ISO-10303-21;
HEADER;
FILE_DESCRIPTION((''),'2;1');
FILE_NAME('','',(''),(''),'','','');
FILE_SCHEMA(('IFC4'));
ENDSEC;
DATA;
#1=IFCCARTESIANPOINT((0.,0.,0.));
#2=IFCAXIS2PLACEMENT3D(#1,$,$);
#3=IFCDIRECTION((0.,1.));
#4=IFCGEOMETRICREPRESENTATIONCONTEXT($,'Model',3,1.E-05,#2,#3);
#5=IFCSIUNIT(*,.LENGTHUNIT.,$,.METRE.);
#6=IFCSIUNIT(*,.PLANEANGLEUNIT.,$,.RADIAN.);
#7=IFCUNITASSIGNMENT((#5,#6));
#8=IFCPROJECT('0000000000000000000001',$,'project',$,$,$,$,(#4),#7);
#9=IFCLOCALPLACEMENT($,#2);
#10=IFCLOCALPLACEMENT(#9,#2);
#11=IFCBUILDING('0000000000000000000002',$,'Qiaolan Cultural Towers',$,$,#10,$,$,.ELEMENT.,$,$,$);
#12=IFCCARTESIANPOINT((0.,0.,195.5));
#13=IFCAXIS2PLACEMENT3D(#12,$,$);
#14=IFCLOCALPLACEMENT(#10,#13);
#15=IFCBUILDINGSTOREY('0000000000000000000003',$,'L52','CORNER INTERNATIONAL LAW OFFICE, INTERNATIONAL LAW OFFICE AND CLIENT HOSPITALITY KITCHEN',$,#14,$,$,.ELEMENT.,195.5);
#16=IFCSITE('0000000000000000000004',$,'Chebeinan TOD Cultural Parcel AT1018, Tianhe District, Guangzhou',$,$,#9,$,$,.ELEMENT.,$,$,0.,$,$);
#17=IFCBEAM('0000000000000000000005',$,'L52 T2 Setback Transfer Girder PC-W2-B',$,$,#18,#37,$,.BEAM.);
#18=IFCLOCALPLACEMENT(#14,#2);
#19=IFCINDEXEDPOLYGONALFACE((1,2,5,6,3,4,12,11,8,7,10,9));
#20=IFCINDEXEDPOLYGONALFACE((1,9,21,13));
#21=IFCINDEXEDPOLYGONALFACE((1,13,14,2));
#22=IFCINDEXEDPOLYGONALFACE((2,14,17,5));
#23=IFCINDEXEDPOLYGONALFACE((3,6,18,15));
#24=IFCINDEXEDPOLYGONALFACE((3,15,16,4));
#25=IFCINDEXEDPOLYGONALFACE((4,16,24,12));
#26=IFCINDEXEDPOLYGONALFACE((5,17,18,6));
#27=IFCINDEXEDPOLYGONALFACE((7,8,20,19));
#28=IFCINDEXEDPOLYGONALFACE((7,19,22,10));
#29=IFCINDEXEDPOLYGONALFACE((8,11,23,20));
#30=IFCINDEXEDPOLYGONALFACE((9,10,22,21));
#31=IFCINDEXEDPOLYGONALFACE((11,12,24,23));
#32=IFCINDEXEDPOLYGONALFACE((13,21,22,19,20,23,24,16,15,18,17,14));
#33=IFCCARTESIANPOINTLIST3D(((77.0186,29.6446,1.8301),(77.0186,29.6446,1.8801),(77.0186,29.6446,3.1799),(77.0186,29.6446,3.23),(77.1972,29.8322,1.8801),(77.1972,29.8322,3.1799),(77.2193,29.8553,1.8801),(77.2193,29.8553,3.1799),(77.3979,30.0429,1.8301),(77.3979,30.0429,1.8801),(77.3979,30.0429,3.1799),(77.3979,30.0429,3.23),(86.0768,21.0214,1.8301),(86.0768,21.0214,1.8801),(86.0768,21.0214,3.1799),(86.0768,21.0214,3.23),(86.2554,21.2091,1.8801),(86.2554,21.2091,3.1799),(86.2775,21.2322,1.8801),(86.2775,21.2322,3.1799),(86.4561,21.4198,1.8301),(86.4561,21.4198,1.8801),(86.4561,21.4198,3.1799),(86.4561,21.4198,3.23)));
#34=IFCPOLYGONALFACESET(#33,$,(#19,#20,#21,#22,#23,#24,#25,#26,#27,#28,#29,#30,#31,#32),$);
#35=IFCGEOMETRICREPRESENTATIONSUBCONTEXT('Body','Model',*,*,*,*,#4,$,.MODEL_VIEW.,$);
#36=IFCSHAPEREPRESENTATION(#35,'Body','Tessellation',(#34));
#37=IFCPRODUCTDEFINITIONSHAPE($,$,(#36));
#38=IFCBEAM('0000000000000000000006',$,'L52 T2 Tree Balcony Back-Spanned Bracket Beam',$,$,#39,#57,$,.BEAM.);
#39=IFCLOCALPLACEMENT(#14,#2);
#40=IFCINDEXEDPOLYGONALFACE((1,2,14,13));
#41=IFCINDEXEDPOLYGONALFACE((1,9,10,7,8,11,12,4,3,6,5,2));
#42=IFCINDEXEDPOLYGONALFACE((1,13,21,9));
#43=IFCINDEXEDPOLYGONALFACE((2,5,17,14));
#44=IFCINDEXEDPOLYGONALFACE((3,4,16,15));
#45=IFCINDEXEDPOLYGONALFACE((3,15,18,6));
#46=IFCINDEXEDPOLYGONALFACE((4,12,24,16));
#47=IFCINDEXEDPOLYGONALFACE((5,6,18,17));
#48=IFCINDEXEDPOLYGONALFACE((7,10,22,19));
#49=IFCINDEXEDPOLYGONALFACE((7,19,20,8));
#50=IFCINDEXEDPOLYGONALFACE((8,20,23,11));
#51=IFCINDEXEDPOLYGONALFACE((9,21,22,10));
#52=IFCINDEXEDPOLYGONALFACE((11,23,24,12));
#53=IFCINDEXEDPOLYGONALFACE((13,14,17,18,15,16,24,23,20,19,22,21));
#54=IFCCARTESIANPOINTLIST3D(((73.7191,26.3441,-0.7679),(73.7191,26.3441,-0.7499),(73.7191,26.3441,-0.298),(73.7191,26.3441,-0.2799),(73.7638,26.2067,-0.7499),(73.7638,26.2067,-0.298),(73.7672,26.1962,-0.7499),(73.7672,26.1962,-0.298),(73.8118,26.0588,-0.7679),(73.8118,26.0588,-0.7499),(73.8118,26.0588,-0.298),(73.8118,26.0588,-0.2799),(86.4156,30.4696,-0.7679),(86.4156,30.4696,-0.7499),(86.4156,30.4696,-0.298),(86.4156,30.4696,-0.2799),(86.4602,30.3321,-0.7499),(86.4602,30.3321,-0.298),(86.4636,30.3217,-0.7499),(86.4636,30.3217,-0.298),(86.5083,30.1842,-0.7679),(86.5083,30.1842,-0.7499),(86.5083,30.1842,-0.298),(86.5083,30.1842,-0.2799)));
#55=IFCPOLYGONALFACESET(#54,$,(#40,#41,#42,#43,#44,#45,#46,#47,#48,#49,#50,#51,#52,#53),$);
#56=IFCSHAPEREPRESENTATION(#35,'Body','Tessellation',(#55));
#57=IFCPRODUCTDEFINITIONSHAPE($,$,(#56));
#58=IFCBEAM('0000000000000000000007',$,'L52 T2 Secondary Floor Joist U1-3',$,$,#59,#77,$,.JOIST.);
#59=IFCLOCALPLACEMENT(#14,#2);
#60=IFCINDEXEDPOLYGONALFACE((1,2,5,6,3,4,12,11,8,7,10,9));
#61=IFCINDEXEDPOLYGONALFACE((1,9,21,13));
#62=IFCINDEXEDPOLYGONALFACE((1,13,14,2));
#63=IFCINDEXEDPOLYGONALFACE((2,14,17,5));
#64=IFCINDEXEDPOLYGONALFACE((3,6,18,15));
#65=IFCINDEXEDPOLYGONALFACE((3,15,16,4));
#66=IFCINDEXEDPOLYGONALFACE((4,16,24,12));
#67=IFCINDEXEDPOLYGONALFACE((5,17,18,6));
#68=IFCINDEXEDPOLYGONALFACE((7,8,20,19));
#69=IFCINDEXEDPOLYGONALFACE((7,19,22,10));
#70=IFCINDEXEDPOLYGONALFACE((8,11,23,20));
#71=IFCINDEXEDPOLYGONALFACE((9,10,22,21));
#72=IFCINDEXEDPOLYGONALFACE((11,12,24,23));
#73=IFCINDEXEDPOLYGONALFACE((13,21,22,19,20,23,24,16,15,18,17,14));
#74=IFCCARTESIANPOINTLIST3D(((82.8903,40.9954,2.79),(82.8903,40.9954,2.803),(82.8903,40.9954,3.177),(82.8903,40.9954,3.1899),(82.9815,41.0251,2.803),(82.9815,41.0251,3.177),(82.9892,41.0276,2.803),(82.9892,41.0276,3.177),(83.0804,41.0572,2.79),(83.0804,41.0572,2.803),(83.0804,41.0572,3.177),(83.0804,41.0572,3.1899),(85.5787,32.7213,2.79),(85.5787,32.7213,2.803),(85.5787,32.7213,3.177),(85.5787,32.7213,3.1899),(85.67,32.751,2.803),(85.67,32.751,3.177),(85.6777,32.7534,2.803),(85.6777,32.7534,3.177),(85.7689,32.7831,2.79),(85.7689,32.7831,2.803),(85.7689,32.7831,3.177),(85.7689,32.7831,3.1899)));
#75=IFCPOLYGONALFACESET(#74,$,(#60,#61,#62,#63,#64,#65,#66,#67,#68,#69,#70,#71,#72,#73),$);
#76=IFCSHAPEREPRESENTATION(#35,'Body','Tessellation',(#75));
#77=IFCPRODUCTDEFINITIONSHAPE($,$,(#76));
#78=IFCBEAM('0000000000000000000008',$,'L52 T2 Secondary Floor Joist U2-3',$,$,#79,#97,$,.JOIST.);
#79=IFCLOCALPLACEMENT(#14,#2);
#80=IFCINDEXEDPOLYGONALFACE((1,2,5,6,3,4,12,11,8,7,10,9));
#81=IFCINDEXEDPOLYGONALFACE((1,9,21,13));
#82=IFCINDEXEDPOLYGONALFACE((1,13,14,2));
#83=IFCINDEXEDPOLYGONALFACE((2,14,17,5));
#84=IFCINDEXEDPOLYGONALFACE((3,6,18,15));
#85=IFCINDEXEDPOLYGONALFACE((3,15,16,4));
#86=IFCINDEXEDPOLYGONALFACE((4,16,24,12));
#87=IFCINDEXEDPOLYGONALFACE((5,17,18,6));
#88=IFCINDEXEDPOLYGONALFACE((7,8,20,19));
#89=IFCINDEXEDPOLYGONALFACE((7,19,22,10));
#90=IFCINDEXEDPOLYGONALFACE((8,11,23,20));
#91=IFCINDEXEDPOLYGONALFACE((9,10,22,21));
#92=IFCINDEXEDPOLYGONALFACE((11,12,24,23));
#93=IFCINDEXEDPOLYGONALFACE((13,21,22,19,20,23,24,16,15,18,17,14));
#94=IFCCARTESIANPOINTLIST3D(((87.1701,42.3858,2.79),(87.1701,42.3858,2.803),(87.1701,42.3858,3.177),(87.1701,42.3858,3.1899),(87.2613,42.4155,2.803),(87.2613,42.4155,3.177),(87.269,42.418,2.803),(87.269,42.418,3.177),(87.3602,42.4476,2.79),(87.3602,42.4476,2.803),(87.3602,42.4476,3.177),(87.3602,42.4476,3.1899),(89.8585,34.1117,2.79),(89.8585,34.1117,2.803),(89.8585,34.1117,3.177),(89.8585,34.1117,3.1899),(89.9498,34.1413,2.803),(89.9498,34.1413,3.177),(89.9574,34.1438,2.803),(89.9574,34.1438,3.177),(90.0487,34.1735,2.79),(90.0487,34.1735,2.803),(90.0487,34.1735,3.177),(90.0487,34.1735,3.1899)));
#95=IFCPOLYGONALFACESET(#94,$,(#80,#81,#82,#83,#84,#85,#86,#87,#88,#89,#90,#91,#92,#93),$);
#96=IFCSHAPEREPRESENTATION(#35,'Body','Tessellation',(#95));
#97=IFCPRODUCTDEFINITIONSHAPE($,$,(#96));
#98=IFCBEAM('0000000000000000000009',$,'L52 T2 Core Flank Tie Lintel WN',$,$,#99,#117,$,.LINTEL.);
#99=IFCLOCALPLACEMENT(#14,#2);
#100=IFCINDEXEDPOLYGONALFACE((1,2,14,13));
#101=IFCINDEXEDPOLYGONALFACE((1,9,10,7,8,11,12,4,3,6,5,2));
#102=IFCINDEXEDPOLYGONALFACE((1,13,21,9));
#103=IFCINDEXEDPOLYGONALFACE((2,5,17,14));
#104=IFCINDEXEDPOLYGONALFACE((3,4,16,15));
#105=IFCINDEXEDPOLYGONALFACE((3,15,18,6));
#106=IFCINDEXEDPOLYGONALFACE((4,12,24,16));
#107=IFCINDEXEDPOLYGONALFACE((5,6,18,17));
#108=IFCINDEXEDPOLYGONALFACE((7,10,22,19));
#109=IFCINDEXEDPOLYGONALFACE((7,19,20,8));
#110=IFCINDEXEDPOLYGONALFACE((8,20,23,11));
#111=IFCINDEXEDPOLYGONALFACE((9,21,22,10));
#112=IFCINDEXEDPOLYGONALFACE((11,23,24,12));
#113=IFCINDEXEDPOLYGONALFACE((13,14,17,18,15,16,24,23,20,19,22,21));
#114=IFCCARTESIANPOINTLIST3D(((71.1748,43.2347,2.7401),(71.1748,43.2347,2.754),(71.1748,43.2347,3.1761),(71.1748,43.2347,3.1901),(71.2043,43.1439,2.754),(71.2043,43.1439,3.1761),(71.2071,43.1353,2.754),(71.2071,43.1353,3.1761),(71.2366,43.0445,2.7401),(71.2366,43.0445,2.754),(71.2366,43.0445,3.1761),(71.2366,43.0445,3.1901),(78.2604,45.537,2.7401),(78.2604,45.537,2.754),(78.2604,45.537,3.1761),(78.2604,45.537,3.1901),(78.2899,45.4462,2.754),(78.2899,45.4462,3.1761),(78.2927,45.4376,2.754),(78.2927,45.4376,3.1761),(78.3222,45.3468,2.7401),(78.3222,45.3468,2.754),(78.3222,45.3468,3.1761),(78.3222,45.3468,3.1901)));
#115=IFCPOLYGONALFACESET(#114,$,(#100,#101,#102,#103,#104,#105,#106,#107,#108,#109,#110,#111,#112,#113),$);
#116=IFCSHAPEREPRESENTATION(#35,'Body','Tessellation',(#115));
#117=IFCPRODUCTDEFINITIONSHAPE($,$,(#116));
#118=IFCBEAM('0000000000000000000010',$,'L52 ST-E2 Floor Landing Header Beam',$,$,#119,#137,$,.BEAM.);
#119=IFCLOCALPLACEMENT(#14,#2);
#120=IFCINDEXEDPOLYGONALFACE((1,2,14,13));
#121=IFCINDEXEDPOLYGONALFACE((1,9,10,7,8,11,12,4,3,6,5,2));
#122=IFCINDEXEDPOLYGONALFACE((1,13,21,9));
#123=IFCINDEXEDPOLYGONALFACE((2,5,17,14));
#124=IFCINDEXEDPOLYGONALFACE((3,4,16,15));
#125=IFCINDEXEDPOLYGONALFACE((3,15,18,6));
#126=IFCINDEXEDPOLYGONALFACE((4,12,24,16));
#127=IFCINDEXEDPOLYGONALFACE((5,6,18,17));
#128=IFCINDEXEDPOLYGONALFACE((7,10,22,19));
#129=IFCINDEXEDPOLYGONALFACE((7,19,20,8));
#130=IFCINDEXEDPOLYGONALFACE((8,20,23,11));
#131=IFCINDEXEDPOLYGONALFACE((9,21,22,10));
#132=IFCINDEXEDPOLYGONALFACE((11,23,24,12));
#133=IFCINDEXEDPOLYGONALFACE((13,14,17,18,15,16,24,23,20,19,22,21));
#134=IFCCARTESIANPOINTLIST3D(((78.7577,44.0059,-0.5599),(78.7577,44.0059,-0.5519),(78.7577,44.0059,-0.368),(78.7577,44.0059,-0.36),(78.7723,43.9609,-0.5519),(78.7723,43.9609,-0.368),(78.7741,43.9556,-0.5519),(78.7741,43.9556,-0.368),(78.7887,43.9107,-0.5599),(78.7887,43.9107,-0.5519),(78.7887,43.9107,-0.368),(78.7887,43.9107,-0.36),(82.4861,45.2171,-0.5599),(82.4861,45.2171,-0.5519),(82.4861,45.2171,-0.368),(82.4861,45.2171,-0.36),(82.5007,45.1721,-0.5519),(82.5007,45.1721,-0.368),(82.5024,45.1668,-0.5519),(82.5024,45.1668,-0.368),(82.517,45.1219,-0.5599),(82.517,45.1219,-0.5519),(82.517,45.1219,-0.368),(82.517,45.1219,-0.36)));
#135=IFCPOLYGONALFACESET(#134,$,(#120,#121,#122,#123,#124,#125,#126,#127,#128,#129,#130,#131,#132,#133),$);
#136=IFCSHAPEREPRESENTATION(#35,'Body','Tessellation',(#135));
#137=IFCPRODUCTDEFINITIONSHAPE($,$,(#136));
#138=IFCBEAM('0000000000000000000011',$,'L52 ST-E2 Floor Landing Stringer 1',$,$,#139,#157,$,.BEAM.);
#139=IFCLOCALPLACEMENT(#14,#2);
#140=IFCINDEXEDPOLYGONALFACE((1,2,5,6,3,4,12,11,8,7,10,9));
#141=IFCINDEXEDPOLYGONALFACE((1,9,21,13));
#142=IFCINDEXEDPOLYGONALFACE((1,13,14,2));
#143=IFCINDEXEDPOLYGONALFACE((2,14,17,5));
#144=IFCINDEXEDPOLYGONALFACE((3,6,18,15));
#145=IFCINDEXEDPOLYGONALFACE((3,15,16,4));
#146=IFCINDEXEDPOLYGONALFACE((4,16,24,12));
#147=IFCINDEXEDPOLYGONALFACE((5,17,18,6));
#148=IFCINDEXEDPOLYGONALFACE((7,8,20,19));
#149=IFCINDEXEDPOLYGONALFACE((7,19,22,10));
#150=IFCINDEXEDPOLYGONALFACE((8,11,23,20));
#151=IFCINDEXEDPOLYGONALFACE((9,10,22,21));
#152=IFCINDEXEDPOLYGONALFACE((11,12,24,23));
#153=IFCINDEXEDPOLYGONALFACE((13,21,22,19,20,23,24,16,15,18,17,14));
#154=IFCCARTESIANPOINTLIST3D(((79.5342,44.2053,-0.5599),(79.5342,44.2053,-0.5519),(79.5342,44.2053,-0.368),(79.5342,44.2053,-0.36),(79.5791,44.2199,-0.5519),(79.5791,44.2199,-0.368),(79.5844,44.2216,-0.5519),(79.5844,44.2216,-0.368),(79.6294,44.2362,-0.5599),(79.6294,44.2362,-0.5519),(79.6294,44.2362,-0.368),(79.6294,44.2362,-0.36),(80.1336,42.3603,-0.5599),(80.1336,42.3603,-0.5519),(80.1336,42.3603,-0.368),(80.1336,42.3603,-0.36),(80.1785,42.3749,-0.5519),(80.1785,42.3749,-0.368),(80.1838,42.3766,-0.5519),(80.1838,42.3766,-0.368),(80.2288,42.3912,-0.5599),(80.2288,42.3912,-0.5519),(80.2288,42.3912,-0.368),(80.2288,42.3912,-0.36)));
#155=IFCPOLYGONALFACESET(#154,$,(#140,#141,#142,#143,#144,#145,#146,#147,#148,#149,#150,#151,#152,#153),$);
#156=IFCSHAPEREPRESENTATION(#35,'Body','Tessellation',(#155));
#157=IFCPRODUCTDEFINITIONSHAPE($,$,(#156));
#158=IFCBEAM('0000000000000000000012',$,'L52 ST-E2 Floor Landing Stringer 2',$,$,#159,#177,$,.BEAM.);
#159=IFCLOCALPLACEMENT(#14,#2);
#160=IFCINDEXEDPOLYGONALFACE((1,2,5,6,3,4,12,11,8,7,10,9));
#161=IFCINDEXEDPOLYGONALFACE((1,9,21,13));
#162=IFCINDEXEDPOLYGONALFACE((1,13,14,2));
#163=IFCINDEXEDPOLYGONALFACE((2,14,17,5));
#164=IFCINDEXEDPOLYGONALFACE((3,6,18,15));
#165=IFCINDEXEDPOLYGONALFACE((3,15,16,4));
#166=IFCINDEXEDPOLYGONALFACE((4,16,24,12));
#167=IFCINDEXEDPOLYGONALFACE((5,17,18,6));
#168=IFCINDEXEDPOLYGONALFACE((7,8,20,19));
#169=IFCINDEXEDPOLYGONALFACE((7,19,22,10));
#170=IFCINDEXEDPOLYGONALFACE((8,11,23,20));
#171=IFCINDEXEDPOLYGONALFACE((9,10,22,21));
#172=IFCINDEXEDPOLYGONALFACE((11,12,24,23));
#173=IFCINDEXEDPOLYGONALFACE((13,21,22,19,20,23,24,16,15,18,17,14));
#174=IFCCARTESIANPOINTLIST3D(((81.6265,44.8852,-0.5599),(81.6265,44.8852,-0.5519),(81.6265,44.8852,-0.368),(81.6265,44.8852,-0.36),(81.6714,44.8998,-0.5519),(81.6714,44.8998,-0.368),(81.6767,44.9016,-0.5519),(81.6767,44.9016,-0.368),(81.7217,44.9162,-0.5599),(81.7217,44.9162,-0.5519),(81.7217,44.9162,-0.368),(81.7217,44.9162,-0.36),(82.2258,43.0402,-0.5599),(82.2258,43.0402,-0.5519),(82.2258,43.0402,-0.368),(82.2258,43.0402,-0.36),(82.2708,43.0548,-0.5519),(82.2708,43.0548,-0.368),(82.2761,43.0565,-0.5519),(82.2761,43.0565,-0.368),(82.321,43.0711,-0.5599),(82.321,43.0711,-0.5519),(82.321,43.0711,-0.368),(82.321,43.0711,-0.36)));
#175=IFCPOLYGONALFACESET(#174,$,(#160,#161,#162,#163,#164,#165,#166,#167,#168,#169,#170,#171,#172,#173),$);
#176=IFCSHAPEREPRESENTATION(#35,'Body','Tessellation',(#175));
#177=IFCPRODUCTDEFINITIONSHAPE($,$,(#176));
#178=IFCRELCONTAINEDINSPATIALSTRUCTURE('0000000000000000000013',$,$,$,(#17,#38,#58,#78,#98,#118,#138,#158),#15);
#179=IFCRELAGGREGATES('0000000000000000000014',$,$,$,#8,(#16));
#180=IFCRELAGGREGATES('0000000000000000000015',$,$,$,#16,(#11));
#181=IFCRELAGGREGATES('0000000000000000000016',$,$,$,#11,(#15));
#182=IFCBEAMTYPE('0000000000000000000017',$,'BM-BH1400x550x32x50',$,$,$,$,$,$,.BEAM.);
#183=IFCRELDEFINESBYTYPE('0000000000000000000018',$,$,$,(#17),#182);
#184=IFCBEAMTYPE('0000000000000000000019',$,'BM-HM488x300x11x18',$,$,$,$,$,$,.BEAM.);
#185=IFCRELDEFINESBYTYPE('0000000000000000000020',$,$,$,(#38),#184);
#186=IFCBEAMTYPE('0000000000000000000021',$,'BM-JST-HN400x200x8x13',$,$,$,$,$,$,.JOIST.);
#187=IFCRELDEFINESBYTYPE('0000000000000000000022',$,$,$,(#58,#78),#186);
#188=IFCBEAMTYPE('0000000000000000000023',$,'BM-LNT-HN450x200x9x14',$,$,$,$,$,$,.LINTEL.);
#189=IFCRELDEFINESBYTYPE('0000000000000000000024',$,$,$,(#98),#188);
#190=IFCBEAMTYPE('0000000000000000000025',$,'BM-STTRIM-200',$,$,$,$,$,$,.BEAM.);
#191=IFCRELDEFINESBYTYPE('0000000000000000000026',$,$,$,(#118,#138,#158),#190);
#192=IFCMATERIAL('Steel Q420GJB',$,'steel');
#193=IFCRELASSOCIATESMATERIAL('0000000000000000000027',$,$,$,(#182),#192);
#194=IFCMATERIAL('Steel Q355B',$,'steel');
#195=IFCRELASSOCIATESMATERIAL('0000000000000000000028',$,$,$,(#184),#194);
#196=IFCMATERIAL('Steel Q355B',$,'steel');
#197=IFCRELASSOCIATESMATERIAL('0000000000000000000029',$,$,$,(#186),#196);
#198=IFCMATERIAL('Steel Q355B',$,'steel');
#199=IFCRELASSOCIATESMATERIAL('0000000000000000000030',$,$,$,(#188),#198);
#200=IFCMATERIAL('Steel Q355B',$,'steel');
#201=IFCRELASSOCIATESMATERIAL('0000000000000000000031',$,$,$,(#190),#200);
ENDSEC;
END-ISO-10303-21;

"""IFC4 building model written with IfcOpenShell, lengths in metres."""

from ifc_helpers import new_model, si_unit, direction, frame, origin, origin_2d, place, context, subcontext, project, spatial, i_section, extrude, material, material_profile, profile_set, type_object, element, save


model = new_model("IFC4")

# Units and contexts
model_context = context("Model", 3, precision=1e-05, world=origin(), true_north=direction((0.0, 1.0)))
body_context = subcontext(model_context, "Body", "Model", "MODEL_VIEW")
ifc_project = project(units=[si_unit("LENGTHUNIT", "METRE"), si_unit("PLANEANGLEUNIT", "RADIAN")], contexts=[model_context])

# Site, building, storey
site_placement = place(None, origin())
site = spatial("IfcSite", under=ifc_project, at=site_placement, Name="Chebeinan TOD Cultural Parcel AT1018, Tianhe District, Guangzhou", CompositionType="ELEMENT", RefElevation=0.0)
building_placement = place(site_placement, origin())
building = spatial("IfcBuilding", under=site, at=building_placement, Name="Qiaolan Cultural Towers", CompositionType="ELEMENT")
storey_placement = place(building_placement, frame((0.0, 0.0, 195.5)))
storey = spatial("IfcBuildingStorey", under=building, at=storey_placement, Name="L52", Description="CORNER INTERNATIONAL LAW OFFICE, INTERNATIONAL LAW OFFICE AND CLIENT HOSPITALITY KITCHEN", CompositionType="ELEMENT", Elevation=195.5)

# Beams
ifc_material_1 = material(Name="Steel Q420GJB", Category="steel")
ifc_material_profile_1 = material_profile(ifc_material_1, i_section(OverallWidth=0.55, OverallDepth=1.3999, WebThickness=0.032, FlangeThickness=0.05, at=origin_2d()), Name="BH1400x550x32x50")
ifc_profile_set_1 = profile_set([ifc_material_profile_1], Name="Steel Q420GJB")
beam_type_1 = type_object("IfcBeamType", Name="BM-BH1400x550x32x50", PredefinedType="BEAM", material=ifc_profile_set_1)
beam_1_placement = place(storey_placement, frame((77.2083, 29.8438, 2.53), z_axis=(0.724286, -0.689499, 0.0), x_axis=(0.689499, 0.724286, 0.0)))
element("IfcBeam", 1, at=beam_1_placement, inside=storey, type_object=beam_type_1, Name="L52 T2 Setback Transfer Girder PC-W2-B", PredefinedType="BEAM", context=body_context, shape_type="SweptSolid", body=[
    extrude(i_section(OverallWidth=0.55, OverallDepth=1.3999, WebThickness=0.032, FlangeThickness=0.05, at=origin_2d()), origin(), (0.0, 0.0, 1.0), 12.5063),
])
ifc_material_2 = material(Name="Steel Q355B", Category="steel")
ifc_material_profile_2 = material_profile(ifc_material_2, i_section(OverallWidth=0.3, OverallDepth=0.488, WebThickness=0.011, FlangeThickness=0.0181, at=origin_2d()), Name="HM488x300x11x18")
ifc_profile_set_2 = profile_set([ifc_material_profile_2], Name="Steel Q355B")
beam_type_2 = type_object("IfcBeamType", Name="BM-HM488x300x11x18", PredefinedType="BEAM", material=ifc_profile_set_2)
beam_2_placement = place(storey_placement, frame((86.4619, 30.3269, -0.5239), z_axis=(-0.951054, -0.309026, 0.0), x_axis=(0.309026, -0.951054, 0.0)))
element("IfcBeam", 2, at=beam_2_placement, inside=storey, type_object=beam_type_2, Name="L52 T2 Tree Balcony Back-Spanned Bracket Beam", PredefinedType="BEAM", context=body_context, shape_type="SweptSolid", body=[
    extrude(i_section(OverallWidth=0.3, OverallDepth=0.488, WebThickness=0.011, FlangeThickness=0.0181, at=origin_2d()), origin(), (0.0, 0.0, 1.0), 13.3499),
])
ifc_material_3 = material(Name="Steel Q355B", Category="steel")
ifc_material_profile_3 = material_profile(ifc_material_3, i_section(OverallWidth=0.2, OverallDepth=0.3999, WebThickness=0.0081, FlangeThickness=0.0129, at=origin_2d()), Name="HN400x200x8x13")
ifc_profile_set_3 = profile_set([ifc_material_profile_3], Name="Steel Q355B")
beam_type_3 = type_object("IfcBeamType", Name="BM-JST-HN400x200x8x13", PredefinedType="JOIST", material=ifc_profile_set_3)
for number, where, z_axis, x_axis, name in (
    (3, (85.6738, 32.7522, 2.99), (-0.309021, 0.951055, 0.0), (-0.951055, -0.309021, 0.0), "L52 T2 Secondary Floor Joist U1-3"),
    (4, (89.9536, 34.1426, 2.99), (-0.309021, 0.951055, 0.0), (-0.951055, -0.309021, 0.0), "L52 T2 Secondary Floor Joist U2-3"),
):
    element("IfcBeam", number, at=place(storey_placement, frame(where, z_axis=z_axis, x_axis=x_axis)), inside=storey, type_object=beam_type_3, Name=name, PredefinedType="JOIST", context=body_context, shape_type="SweptSolid", body=[
        extrude(i_section(OverallWidth=0.2, OverallDepth=0.3999, WebThickness=0.0081, FlangeThickness=0.0129, at=origin_2d()), origin(), (0.0, 0.0, 1.0), 8.7),
    ])
ifc_material_4 = material(Name="Steel Q355B", Category="steel")
ifc_material_profile_4 = material_profile(ifc_material_4, i_section(OverallWidth=0.2, OverallDepth=0.45, WebThickness=0.009, FlangeThickness=0.0139, at=origin_2d()), Name="HN450x200x9x14")
ifc_profile_set_4 = profile_set([ifc_material_profile_4], Name="Steel Q355B")
beam_type_4 = type_object("IfcBeamType", Name="BM-LNT-HN450x200x9x14", PredefinedType="LINTEL", material=ifc_profile_set_4)
beam_3_placement = place(storey_placement, frame((78.2913, 45.4419, 2.9651), z_axis=(-0.951055, -0.309022, 0.0), x_axis=(0.309022, -0.951055, 0.0)))
element("IfcBeam", 5, at=beam_3_placement, inside=storey, type_object=beam_type_4, Name="L52 T2 Core Flank Tie Lintel WN", PredefinedType="LINTEL", context=body_context, shape_type="SweptSolid", body=[
    extrude(i_section(OverallWidth=0.2, OverallDepth=0.45, WebThickness=0.009, FlangeThickness=0.0139, at=origin_2d()), origin(), (0.0, 0.0, 1.0), 7.4502),
])
ifc_material_5 = material(Name="Steel Q355B", Category="steel")
ifc_material_profile_5 = material_profile(ifc_material_5, i_section(OverallWidth=0.1001, OverallDepth=0.2, WebThickness=0.0056, FlangeThickness=0.0081, at=origin_2d()), Name="HN200x100x5.5x8")
ifc_profile_set_5 = profile_set([ifc_material_profile_5], Name="Steel Q355B")
beam_type_5 = type_object("IfcBeamType", Name="BM-STTRIM-200", PredefinedType="BEAM", material=ifc_profile_set_5)
beam_4_placement = place(storey_placement, frame((78.7732, 43.9583, -0.46), z_axis=(0.951072, 0.308969, 0.0), x_axis=(-0.308969, 0.951072, 0.0)))
element("IfcBeam", 6, at=beam_4_placement, inside=storey, type_object=beam_type_5, Name="L52 ST-E2 Floor Landing Header Beam", PredefinedType="BEAM", context=body_context, shape_type="SweptSolid", body=[
    extrude(i_section(OverallWidth=0.1001, OverallDepth=0.2, WebThickness=0.0056, FlangeThickness=0.0081, at=origin_2d()), origin(), (0.0, 0.0, 1.0), 3.9202),
])
for number, where, z_axis, x_axis, name in (
    (7, (80.1812, 42.3757, -0.46), (-0.308969, 0.951072, 0.0), (-0.951072, -0.308969, 0.0), "L52 ST-E2 Floor Landing Stringer 1"),
    (8, (82.2734, 43.0557, -0.46), (-0.308969, 0.951072, 0.0), (-0.951072, -0.308969, 0.0), "L52 ST-E2 Floor Landing Stringer 2"),
):
    element("IfcBeam", number, at=place(storey_placement, frame(where, z_axis=z_axis, x_axis=x_axis)), inside=storey, type_object=beam_type_5, Name=name, PredefinedType="BEAM", context=body_context, shape_type="SweptSolid", body=[
        extrude(i_section(OverallWidth=0.1001, OverallDepth=0.2, WebThickness=0.0056, FlangeThickness=0.0081, at=origin_2d()), origin(), (0.0, 0.0, 1.0), 1.9399),
    ])

save(model, "model.ifc")
